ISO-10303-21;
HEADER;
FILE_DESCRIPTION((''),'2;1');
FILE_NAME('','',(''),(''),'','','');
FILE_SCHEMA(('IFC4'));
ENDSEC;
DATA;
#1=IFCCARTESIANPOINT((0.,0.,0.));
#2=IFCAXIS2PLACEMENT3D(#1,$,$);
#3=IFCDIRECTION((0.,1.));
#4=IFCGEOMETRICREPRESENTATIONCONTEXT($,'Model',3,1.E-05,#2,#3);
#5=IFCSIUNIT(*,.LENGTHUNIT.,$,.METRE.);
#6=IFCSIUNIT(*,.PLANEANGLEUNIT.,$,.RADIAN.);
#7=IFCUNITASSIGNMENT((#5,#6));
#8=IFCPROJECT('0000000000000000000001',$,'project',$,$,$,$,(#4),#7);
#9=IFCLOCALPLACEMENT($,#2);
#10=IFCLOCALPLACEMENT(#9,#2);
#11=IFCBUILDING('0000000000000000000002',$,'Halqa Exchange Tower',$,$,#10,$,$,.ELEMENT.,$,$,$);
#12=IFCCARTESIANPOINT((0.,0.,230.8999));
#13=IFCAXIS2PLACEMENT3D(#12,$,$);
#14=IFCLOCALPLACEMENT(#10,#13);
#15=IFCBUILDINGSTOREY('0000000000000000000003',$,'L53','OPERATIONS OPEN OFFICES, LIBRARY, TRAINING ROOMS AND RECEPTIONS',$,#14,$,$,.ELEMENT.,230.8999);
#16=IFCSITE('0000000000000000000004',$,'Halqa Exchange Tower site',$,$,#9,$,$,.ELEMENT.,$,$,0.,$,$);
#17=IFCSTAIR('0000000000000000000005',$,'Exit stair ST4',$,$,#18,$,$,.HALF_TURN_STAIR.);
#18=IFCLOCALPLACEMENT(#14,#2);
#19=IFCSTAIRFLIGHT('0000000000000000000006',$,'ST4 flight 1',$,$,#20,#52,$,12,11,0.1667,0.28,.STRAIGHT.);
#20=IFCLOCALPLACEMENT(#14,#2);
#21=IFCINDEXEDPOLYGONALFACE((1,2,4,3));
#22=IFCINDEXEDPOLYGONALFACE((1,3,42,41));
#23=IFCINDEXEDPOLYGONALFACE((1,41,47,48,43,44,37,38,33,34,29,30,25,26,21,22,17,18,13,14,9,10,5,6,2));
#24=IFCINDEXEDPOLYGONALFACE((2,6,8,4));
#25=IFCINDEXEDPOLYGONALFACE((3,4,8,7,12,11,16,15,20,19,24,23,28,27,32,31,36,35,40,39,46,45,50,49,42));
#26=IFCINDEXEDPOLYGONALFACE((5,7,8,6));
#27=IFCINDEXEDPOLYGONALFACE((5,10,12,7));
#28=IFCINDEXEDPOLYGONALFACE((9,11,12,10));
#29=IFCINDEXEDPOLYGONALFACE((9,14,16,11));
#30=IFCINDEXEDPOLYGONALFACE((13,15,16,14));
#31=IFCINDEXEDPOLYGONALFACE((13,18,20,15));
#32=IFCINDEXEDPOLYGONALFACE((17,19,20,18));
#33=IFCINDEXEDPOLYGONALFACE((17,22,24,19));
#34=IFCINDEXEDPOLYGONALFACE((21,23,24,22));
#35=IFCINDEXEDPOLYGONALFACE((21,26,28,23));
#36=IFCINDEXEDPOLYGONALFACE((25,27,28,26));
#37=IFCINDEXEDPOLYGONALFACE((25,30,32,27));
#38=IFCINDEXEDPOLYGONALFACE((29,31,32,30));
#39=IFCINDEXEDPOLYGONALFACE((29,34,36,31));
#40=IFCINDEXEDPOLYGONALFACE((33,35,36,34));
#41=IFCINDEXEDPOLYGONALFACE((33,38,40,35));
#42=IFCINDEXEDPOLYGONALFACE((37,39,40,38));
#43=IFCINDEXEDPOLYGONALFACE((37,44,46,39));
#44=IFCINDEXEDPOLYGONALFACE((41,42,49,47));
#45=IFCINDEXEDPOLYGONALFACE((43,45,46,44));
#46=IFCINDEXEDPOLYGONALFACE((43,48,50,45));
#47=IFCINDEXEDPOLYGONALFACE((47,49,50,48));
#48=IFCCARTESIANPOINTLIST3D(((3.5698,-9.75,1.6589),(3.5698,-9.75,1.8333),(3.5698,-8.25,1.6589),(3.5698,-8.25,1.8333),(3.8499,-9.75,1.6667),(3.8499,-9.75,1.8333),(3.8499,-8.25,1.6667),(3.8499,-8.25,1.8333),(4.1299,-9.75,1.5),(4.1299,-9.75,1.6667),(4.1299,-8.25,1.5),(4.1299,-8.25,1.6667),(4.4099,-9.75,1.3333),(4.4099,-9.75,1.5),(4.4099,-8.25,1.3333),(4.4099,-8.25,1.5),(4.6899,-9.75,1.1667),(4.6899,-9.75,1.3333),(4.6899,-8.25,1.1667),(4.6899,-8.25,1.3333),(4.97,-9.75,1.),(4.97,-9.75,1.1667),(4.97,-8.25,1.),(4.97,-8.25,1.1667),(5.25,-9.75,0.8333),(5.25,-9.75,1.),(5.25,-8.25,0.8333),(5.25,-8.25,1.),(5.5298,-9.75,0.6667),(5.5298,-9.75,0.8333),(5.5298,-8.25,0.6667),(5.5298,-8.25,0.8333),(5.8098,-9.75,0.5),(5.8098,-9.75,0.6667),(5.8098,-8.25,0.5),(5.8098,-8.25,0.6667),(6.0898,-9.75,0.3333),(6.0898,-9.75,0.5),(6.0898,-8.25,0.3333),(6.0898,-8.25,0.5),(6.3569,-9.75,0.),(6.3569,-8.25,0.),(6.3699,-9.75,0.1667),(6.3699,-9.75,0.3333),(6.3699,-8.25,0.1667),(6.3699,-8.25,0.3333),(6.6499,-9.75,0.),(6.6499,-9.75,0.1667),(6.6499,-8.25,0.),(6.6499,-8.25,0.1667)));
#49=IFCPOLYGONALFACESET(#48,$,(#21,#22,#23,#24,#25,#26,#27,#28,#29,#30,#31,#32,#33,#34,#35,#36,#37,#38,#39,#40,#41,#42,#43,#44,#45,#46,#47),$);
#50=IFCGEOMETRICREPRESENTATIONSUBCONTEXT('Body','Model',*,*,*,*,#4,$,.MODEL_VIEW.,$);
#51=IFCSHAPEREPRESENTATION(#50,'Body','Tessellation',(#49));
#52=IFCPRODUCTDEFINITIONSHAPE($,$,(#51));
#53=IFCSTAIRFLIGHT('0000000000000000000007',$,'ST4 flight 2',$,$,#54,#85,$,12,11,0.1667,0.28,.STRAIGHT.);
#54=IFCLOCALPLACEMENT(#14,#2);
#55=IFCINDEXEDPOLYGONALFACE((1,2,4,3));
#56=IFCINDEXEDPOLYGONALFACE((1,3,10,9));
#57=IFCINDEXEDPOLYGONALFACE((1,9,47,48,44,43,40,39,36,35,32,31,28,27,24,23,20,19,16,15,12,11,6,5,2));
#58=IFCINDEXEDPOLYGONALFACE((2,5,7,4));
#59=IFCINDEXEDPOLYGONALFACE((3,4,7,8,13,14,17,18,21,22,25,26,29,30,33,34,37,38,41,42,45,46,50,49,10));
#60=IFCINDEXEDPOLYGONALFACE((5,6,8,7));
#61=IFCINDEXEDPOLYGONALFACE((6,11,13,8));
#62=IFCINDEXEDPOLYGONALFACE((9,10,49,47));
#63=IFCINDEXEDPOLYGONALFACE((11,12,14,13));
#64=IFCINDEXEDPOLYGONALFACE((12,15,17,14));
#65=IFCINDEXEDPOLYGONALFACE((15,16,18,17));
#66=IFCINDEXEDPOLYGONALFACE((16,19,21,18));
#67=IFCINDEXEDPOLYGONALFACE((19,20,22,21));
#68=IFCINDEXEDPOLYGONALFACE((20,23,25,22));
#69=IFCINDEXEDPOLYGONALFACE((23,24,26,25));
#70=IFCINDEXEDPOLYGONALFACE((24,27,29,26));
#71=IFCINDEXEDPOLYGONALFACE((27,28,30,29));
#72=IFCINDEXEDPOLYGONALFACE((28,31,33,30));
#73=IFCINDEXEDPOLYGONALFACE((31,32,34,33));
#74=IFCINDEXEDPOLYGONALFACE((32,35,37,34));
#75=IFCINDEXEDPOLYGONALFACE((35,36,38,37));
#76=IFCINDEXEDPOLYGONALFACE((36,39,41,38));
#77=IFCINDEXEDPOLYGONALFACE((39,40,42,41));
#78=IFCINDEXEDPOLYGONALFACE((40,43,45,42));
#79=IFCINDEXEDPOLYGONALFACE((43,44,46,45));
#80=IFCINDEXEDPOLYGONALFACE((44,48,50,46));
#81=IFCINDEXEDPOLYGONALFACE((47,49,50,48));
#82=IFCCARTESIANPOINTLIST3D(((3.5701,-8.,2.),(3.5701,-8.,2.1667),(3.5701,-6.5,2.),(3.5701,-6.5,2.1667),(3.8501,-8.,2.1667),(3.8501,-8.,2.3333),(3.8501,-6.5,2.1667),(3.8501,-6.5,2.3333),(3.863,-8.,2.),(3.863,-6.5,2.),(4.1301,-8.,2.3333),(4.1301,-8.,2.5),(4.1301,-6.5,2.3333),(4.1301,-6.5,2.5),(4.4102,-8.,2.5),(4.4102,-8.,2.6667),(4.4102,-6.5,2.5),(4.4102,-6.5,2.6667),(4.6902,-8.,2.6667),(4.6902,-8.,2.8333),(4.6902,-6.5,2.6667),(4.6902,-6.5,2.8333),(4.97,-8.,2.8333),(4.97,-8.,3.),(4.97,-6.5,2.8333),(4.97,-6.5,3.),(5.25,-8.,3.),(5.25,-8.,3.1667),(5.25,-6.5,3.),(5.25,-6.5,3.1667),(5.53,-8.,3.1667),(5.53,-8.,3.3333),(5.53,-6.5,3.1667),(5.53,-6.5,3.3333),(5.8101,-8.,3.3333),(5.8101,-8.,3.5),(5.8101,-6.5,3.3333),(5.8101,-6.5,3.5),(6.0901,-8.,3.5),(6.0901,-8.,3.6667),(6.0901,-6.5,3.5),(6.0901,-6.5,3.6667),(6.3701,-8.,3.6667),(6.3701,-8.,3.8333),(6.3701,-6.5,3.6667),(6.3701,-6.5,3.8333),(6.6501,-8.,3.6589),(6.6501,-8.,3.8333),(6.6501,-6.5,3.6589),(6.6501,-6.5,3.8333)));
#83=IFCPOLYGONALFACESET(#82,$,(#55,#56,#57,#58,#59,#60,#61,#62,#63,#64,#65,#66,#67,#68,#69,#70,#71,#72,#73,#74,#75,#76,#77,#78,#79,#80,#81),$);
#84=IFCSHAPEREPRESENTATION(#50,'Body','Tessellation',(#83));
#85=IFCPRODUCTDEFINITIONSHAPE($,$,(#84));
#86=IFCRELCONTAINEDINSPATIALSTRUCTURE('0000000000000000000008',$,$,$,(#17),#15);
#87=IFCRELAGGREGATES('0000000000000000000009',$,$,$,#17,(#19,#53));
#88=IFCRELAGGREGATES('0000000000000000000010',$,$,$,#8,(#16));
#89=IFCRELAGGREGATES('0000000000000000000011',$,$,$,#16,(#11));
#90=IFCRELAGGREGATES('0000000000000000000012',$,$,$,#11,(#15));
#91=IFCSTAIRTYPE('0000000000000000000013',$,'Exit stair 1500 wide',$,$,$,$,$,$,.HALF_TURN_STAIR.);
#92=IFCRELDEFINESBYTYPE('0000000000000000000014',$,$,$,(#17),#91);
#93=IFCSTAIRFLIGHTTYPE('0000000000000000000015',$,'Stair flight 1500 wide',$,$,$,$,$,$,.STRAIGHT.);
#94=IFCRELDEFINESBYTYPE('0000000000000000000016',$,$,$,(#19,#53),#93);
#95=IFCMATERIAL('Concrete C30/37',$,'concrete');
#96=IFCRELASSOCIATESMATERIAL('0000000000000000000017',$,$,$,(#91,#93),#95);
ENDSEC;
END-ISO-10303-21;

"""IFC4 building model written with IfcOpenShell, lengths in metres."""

from ifc_helpers import new_model, si_unit, direction, frame, origin, place, context, subcontext, project, spatial, polyline, outline, extrude, material, type_object, element, aggregate, save


model = new_model("IFC4")

# Units and contexts
model_context = context("Model", 3, precision=1e-05, world=origin(), true_north=direction((0.0, 1.0)))
body_context = subcontext(model_context, "Body", "Model", "MODEL_VIEW")
ifc_project = project(units=[si_unit("LENGTHUNIT", "METRE"), si_unit("PLANEANGLEUNIT", "RADIAN")], contexts=[model_context])

# Site, building, storey
site_placement = place(None, origin())
site = spatial("IfcSite", under=ifc_project, at=site_placement, Name="Halqa Exchange Tower site", CompositionType="ELEMENT", RefElevation=0.0)
building_placement = place(site_placement, origin())
building = spatial("IfcBuilding", under=site, at=building_placement, Name="Halqa Exchange Tower", CompositionType="ELEMENT")
storey_placement = place(building_placement, frame((0.0, 0.0, 230.8999)))
storey = spatial("IfcBuildingStorey", under=building, at=storey_placement, Name="L53", Description="OPERATIONS OPEN OFFICES, LIBRARY, TRAINING ROOMS AND RECEPTIONS", CompositionType="ELEMENT", Elevation=230.8999)

# Shared definitions
ifc_material_1 = material(Name="Concrete C30/37", Category="concrete")

# Stair, stair flights
stair_type = type_object("IfcStairType", Name="Exit stair 1500 wide", PredefinedType="HALF_TURN_STAIR", material=ifc_material_1)
stair_placement = place(storey_placement, origin())
stair = element("IfcStair", 1, at=stair_placement, inside=storey, type_object=stair_type, Name="Exit stair ST4", PredefinedType="HALF_TURN_STAIR")
stair_flight_type = type_object("IfcStairFlightType", Name="Stair flight 1500 wide", PredefinedType="STRAIGHT", material=ifc_material_1)
stair_flight_1_placement = place(storey_placement, frame((6.6499, -9.0, 0.0), z_axis=(0.0, 0.0, 1.0), x_axis=(-1.0, 0.0, 0.0)))
stair_flight_1 = element("IfcStairFlight", 2, at=stair_flight_1_placement, type_object=stair_flight_type, Name="ST4 flight 1", NumberOfRisers=12, NumberOfTreads=11, PredefinedType="STRAIGHT", RiserHeight=0.1667, TreadLength=0.28, context=body_context, shape_type="SweptSolid", body=[
    extrude(outline(polyline([(0.0, 0.0), (0.0, 0.1667), (0.28, 0.1667), (0.28, 0.3333), (0.5601, 0.3333), (0.5601, 0.5), (0.8401, 0.5), (0.8401, 0.6667), (1.1201, 0.6667), (1.1201, 0.8333), (1.3999, 0.8333), (1.3999, 1.0), (1.6799, 1.0), (1.6799, 1.1667), (1.96, 1.1667), (1.96, 1.3333), (2.24, 1.3333), (2.24, 1.5), (2.52, 1.5), (2.52, 1.6667), (2.8, 1.6667), (2.8, 1.8333), (3.0801, 1.8333), (3.0801, 2.0), (3.0801, 1.6589), (0.293, 0.0), (0.0, 0.0)])), frame((0.0, 0.75, 0.0), z_axis=(0.0, -1.0, 0.0), x_axis=(1.0, 0.0, 0.0)), (0.0, 0.0, 1.0), 1.5),
])
stair_flight_2_placement = place(storey_placement, frame((3.5701, -7.25, 2.0), z_axis=(0.0, 0.0, 1.0), x_axis=(1.0, 0.0, 0.0)))
stair_flight_2 = element("IfcStairFlight", 3, at=stair_flight_2_placement, type_object=stair_flight_type, Name="ST4 flight 2", NumberOfRisers=12, NumberOfTreads=11, PredefinedType="STRAIGHT", RiserHeight=0.1667, TreadLength=0.28, context=body_context, shape_type="SweptSolid", body=[
    extrude(outline(polyline([(0.0, 0.0), (0.0, 0.1667), (0.28, 0.1667), (0.28, 0.3333), (0.5601, 0.3333), (0.5601, 0.5), (0.8401, 0.5), (0.8401, 0.6667), (1.1201, 0.6667), (1.1201, 0.8333), (1.3999, 0.8333), (1.3999, 1.0), (1.6799, 1.0), (1.6799, 1.1667), (1.96, 1.1667), (1.96, 1.3333), (2.24, 1.3333), (2.24, 1.5), (2.52, 1.5), (2.52, 1.6667), (2.8, 1.6667), (2.8, 1.8333), (3.0801, 1.8333), (3.0801, 2.0), (3.0801, 1.6589), (0.293, 0.0), (0.0, 0.0)])), frame((0.0, 0.75, 0.0), z_axis=(0.0, -1.0, 0.0), x_axis=(1.0, 0.0, 0.0)), (0.0, 0.0, 1.0), 1.5),
])
aggregate(stair, [stair_flight_1, stair_flight_2])

save(model, "model.ifc")
